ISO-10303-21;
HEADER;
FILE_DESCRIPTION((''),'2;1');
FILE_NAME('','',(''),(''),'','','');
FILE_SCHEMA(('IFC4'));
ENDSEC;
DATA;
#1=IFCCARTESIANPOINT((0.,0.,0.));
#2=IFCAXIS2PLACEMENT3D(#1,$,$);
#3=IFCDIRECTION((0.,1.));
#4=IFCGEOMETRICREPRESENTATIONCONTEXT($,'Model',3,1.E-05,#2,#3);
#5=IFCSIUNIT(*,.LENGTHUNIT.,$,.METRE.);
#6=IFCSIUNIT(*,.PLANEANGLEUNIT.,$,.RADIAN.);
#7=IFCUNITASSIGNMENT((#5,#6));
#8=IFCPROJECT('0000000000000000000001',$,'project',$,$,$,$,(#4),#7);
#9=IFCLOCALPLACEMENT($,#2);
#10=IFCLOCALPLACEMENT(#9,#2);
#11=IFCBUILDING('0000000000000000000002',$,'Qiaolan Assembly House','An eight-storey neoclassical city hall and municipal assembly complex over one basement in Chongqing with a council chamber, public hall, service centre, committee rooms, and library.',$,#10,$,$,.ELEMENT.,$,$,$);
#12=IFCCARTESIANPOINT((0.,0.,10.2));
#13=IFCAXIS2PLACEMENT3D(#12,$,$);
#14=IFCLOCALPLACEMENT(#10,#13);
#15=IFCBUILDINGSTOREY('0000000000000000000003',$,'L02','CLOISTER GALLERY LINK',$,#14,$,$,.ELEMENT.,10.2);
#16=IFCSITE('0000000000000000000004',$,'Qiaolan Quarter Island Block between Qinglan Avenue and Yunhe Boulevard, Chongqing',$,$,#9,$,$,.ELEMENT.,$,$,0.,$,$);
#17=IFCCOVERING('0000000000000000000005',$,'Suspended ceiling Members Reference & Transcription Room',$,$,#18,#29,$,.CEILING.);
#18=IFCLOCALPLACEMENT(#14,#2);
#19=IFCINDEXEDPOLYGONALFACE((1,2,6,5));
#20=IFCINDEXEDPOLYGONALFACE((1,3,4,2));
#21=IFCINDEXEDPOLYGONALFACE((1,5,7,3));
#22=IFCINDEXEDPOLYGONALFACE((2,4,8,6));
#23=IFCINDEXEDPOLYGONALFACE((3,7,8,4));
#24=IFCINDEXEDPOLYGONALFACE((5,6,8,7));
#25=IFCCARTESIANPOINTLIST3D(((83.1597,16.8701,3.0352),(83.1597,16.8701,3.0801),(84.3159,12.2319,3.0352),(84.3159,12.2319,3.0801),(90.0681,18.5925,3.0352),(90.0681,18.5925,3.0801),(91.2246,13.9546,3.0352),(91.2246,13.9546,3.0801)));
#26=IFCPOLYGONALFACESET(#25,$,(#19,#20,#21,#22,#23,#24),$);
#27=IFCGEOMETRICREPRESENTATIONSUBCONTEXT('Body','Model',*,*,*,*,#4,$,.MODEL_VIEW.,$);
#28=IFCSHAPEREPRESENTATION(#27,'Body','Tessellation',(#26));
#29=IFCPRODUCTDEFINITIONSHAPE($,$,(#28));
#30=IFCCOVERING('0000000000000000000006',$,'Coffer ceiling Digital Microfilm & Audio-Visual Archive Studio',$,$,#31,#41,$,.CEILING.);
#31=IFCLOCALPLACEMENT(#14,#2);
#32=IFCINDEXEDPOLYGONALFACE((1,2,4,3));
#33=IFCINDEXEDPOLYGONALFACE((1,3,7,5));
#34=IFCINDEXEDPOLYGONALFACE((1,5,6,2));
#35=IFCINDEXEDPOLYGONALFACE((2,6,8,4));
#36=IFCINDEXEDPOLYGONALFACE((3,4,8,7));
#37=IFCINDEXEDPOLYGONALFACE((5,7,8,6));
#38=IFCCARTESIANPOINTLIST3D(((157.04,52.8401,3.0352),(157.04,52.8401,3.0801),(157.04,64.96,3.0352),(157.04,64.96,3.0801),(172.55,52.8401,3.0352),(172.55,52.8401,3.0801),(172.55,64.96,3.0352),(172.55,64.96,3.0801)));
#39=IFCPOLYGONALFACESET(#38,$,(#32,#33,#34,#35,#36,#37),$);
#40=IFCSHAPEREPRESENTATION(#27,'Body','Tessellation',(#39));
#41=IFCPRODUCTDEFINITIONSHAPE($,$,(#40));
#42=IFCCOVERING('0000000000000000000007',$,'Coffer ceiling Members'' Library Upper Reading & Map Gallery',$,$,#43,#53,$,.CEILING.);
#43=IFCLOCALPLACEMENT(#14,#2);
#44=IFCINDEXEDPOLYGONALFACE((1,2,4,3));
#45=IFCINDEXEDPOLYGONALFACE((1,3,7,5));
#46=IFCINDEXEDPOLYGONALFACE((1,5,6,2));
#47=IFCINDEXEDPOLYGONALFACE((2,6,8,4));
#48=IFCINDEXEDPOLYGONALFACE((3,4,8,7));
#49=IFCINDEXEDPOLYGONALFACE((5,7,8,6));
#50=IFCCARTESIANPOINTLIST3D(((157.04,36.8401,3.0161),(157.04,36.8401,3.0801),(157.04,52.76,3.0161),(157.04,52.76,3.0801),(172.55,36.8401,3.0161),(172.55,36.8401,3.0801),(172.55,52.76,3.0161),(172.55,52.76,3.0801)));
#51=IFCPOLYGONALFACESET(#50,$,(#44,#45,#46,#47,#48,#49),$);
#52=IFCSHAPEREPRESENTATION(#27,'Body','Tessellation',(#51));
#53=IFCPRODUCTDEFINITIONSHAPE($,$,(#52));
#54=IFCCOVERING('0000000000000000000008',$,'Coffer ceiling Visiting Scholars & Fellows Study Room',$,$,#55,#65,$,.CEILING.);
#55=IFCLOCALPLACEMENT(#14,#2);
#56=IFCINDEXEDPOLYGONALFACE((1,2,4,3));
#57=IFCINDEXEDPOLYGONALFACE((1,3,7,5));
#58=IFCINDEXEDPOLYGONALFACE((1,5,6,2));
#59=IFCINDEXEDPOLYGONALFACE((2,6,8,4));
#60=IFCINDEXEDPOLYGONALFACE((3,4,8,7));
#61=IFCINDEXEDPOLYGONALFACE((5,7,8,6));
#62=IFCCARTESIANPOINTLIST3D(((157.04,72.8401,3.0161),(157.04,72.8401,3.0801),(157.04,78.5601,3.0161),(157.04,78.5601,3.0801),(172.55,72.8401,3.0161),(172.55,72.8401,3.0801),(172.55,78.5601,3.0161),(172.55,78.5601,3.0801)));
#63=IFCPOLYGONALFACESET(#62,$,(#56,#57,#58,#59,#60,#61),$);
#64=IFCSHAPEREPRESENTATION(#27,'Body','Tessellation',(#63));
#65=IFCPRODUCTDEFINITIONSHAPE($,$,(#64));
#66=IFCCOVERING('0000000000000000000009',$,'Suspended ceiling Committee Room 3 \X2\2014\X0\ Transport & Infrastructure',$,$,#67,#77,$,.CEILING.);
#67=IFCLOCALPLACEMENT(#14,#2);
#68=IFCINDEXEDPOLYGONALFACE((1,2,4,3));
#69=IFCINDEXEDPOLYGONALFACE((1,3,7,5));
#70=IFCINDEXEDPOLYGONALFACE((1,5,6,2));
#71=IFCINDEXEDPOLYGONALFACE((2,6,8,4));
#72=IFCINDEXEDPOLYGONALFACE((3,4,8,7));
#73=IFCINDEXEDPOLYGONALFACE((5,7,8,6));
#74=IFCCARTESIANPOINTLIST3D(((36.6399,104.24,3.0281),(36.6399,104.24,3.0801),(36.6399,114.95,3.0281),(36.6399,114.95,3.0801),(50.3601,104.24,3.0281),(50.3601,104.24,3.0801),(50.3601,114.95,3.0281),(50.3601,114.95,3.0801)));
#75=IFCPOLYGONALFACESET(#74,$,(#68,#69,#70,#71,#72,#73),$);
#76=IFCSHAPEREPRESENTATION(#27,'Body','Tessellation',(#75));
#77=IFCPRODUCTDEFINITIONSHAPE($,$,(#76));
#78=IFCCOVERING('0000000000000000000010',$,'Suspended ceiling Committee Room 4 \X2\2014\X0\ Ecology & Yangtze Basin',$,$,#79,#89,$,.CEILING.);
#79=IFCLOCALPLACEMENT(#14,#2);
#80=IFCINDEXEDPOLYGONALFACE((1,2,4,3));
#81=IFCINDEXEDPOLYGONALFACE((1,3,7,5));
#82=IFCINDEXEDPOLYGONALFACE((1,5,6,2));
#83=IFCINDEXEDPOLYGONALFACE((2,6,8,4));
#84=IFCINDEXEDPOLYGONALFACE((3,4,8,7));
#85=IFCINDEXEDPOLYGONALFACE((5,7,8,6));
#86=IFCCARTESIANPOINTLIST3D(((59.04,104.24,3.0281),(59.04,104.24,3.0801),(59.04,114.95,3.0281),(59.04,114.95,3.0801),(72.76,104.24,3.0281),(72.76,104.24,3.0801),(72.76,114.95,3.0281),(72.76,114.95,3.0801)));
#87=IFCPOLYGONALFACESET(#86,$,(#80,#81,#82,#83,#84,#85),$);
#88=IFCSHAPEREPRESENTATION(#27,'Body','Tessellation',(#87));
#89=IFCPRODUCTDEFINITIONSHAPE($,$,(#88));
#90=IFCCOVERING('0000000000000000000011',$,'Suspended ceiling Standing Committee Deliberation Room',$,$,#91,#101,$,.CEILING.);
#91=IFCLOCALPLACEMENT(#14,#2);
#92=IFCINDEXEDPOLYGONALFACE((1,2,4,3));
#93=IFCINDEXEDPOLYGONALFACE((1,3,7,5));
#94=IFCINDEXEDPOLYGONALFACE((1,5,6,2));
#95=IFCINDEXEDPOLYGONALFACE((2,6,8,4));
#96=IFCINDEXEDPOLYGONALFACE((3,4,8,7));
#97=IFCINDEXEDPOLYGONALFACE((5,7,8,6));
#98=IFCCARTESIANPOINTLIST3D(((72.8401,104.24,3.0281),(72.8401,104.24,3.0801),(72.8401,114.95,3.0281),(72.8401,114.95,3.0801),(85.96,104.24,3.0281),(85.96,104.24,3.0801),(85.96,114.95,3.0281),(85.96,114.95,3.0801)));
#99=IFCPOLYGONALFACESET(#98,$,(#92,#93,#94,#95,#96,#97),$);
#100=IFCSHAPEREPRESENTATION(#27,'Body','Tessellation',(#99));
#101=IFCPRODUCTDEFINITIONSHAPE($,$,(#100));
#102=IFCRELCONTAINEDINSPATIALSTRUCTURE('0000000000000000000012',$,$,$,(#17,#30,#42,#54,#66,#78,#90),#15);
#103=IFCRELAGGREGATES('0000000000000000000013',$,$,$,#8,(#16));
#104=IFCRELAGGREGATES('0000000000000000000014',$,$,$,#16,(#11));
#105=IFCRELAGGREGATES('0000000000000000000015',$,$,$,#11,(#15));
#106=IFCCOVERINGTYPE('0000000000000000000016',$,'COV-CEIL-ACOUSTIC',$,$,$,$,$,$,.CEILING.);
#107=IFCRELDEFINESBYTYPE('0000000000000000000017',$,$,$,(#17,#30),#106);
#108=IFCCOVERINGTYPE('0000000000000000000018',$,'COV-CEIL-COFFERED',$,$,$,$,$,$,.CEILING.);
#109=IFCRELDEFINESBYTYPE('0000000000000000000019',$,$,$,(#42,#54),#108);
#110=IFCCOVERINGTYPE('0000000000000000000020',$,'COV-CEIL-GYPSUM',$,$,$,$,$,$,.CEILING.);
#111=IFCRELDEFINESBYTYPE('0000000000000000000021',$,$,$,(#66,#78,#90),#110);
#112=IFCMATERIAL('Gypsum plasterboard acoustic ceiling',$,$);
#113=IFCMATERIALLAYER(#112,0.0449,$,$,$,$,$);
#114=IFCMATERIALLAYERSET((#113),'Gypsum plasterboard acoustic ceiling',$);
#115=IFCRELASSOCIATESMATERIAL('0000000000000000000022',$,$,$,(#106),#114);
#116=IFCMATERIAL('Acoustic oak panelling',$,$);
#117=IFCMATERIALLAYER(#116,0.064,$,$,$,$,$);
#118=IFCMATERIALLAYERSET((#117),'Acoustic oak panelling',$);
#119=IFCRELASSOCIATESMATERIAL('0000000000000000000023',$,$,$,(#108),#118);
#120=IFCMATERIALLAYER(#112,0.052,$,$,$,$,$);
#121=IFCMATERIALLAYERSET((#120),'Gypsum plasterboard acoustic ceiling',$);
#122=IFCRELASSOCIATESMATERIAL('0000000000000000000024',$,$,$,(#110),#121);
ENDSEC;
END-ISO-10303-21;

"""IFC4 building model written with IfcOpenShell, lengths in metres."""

from ifc_helpers import new_model, si_unit, direction, frame, origin, place, context, subcontext, project, spatial, polyline, outline, extrude, material, layer, layer_set, type_object, element, save


model = new_model("IFC4")

# Units and contexts
model_context = context("Model", 3, precision=1e-05, world=origin(), true_north=direction((0.0, 1.0)))
body_context = subcontext(model_context, "Body", "Model", "MODEL_VIEW")
ifc_project = project(units=[si_unit("LENGTHUNIT", "METRE"), si_unit("PLANEANGLEUNIT", "RADIAN")], contexts=[model_context])

# Site, building, storey
site_placement = place(None, origin())
site = spatial("IfcSite", under=ifc_project, at=site_placement, Name="Qiaolan Quarter Island Block between Qinglan Avenue and Yunhe Boulevard, Chongqing", CompositionType="ELEMENT", RefElevation=0.0)
building_placement = place(site_placement, origin())
building = spatial("IfcBuilding", under=site, at=building_placement, Name="Qiaolan Assembly House", Description="An eight-storey neoclassical city hall and municipal assembly complex over one basement in Chongqing with a council chamber, public hall, service centre, committee rooms, and library.", CompositionType="ELEMENT")
storey_placement = place(building_placement, frame((0.0, 0.0, 10.2)))
storey = spatial("IfcBuildingStorey", under=building, at=storey_placement, Name="L02", Description="CLOISTER GALLERY LINK", CompositionType="ELEMENT", Elevation=10.2)

# Coverings
ifc_material_1 = material(Name="Gypsum plasterboard acoustic ceiling")
ifc_layer_1 = layer(ifc_material_1, 0.0449)
ifc_layer_set_1 = layer_set([ifc_layer_1], Name="Gypsum plasterboard acoustic ceiling")
covering_type_1 = type_object("IfcCoveringType", Name="COV-CEIL-ACOUSTIC", PredefinedType="CEILING", material=ifc_layer_set_1)
covering_1_placement = place(storey_placement, frame((0.0, 0.0, 3.0352)))
element("IfcCovering", 1, at=covering_1_placement, inside=storey, type_object=covering_type_1, Name="Suspended ceiling Members Reference & Transcription Room", PredefinedType="CEILING", context=body_context, shape_type="SweptSolid", body=[
    extrude(outline(polyline([(84.3159, 12.2319), (91.2246, 13.9546), (90.0681, 18.5925), (83.1597, 16.8701), (84.3159, 12.2319)])), origin(), (0.0, 0.0, 1.0), 0.0449),
])
covering_2_placement = place(storey_placement, frame((0.0, 0.0, 3.0352)))
element("IfcCovering", 2, at=covering_2_placement, inside=storey, type_object=covering_type_1, Name="Coffer ceiling Digital Microfilm & Audio-Visual Archive Studio", PredefinedType="CEILING", context=body_context, shape_type="SweptSolid", body=[
    extrude(outline(polyline([(157.04, 52.8401), (172.55, 52.8401), (172.55, 64.96), (157.04, 64.96), (157.04, 52.8401)])), origin(), (0.0, 0.0, 1.0), 0.0449),
])
ifc_material_2 = material(Name="Acoustic oak panelling")
ifc_layer_2 = layer(ifc_material_2, 0.064)
ifc_layer_set_2 = layer_set([ifc_layer_2], Name="Acoustic oak panelling")
covering_type_2 = type_object("IfcCoveringType", Name="COV-CEIL-COFFERED", PredefinedType="CEILING", material=ifc_layer_set_2)
covering_3_placement = place(storey_placement, frame((0.0, 0.0, 3.0161)))
element("IfcCovering", 3, at=covering_3_placement, inside=storey, type_object=covering_type_2, Name="Coffer ceiling Members' Library Upper Reading & Map Gallery", PredefinedType="CEILING", context=body_context, shape_type="SweptSolid", body=[
    extrude(outline(polyline([(157.04, 36.8401), (172.55, 36.8401), (172.55, 52.76), (157.04, 52.76), (157.04, 36.8401)])), origin(), (0.0, 0.0, 1.0), 0.064),
])
covering_4_placement = place(storey_placement, frame((0.0, 0.0, 3.0161)))
element("IfcCovering", 4, at=covering_4_placement, inside=storey, type_object=covering_type_2, Name="Coffer ceiling Visiting Scholars & Fellows Study Room", PredefinedType="CEILING", context=body_context, shape_type="SweptSolid", body=[
    extrude(outline(polyline([(157.04, 72.8401), (172.55, 72.8401), (172.55, 78.5601), (157.04, 78.5601), (157.04, 72.8401)])), origin(), (0.0, 0.0, 1.0), 0.064),
])
ifc_layer_3 = layer(ifc_material_1, 0.052)
ifc_layer_set_3 = layer_set([ifc_layer_3], Name="Gypsum plasterboard acoustic ceiling")
covering_type_3 = type_object("IfcCoveringType", Name="COV-CEIL-GYPSUM", PredefinedType="CEILING", material=ifc_layer_set_3)
covering_5_placement = place(storey_placement, frame((0.0, 0.0, 3.0281)))
element("IfcCovering", 5, at=covering_5_placement, inside=storey, type_object=covering_type_3, Name="Suspended ceiling Committee Room 3 — Transport & Infrastructure", PredefinedType="CEILING", context=body_context, shape_type="SweptSolid", body=[
    extrude(outline(polyline([(36.6399, 104.24), (50.3601, 104.24), (50.3601, 114.95), (36.6399, 114.95), (36.6399, 104.24)])), origin(), (0.0, 0.0, 1.0), 0.052),
])
covering_6_placement = place(storey_placement, frame((0.0, 0.0, 3.0281)))
element("IfcCovering", 6, at=covering_6_placement, inside=storey, type_object=covering_type_3, Name="Suspended ceiling Committee Room 4 — Ecology & Yangtze Basin", PredefinedType="CEILING", context=body_context, shape_type="SweptSolid", body=[
    extrude(outline(polyline([(59.04, 104.24), (72.76, 104.24), (72.76, 114.95), (59.04, 114.95), (59.04, 104.24)])), origin(), (0.0, 0.0, 1.0), 0.052),
])
covering_7_placement = place(storey_placement, frame((0.0, 0.0, 3.0281)))
element("IfcCovering", 7, at=covering_7_placement, inside=storey, type_object=covering_type_3, Name="Suspended ceiling Standing Committee Deliberation Room", PredefinedType="CEILING", context=body_context, shape_type="SweptSolid", body=[
    extrude(outline(polyline([(72.8401, 104.24), (85.96, 104.24), (85.96, 114.95), (72.8401, 114.95), (72.8401, 104.24)])), origin(), (0.0, 0.0, 1.0), 0.052),
])

save(model, "model.ifc")
